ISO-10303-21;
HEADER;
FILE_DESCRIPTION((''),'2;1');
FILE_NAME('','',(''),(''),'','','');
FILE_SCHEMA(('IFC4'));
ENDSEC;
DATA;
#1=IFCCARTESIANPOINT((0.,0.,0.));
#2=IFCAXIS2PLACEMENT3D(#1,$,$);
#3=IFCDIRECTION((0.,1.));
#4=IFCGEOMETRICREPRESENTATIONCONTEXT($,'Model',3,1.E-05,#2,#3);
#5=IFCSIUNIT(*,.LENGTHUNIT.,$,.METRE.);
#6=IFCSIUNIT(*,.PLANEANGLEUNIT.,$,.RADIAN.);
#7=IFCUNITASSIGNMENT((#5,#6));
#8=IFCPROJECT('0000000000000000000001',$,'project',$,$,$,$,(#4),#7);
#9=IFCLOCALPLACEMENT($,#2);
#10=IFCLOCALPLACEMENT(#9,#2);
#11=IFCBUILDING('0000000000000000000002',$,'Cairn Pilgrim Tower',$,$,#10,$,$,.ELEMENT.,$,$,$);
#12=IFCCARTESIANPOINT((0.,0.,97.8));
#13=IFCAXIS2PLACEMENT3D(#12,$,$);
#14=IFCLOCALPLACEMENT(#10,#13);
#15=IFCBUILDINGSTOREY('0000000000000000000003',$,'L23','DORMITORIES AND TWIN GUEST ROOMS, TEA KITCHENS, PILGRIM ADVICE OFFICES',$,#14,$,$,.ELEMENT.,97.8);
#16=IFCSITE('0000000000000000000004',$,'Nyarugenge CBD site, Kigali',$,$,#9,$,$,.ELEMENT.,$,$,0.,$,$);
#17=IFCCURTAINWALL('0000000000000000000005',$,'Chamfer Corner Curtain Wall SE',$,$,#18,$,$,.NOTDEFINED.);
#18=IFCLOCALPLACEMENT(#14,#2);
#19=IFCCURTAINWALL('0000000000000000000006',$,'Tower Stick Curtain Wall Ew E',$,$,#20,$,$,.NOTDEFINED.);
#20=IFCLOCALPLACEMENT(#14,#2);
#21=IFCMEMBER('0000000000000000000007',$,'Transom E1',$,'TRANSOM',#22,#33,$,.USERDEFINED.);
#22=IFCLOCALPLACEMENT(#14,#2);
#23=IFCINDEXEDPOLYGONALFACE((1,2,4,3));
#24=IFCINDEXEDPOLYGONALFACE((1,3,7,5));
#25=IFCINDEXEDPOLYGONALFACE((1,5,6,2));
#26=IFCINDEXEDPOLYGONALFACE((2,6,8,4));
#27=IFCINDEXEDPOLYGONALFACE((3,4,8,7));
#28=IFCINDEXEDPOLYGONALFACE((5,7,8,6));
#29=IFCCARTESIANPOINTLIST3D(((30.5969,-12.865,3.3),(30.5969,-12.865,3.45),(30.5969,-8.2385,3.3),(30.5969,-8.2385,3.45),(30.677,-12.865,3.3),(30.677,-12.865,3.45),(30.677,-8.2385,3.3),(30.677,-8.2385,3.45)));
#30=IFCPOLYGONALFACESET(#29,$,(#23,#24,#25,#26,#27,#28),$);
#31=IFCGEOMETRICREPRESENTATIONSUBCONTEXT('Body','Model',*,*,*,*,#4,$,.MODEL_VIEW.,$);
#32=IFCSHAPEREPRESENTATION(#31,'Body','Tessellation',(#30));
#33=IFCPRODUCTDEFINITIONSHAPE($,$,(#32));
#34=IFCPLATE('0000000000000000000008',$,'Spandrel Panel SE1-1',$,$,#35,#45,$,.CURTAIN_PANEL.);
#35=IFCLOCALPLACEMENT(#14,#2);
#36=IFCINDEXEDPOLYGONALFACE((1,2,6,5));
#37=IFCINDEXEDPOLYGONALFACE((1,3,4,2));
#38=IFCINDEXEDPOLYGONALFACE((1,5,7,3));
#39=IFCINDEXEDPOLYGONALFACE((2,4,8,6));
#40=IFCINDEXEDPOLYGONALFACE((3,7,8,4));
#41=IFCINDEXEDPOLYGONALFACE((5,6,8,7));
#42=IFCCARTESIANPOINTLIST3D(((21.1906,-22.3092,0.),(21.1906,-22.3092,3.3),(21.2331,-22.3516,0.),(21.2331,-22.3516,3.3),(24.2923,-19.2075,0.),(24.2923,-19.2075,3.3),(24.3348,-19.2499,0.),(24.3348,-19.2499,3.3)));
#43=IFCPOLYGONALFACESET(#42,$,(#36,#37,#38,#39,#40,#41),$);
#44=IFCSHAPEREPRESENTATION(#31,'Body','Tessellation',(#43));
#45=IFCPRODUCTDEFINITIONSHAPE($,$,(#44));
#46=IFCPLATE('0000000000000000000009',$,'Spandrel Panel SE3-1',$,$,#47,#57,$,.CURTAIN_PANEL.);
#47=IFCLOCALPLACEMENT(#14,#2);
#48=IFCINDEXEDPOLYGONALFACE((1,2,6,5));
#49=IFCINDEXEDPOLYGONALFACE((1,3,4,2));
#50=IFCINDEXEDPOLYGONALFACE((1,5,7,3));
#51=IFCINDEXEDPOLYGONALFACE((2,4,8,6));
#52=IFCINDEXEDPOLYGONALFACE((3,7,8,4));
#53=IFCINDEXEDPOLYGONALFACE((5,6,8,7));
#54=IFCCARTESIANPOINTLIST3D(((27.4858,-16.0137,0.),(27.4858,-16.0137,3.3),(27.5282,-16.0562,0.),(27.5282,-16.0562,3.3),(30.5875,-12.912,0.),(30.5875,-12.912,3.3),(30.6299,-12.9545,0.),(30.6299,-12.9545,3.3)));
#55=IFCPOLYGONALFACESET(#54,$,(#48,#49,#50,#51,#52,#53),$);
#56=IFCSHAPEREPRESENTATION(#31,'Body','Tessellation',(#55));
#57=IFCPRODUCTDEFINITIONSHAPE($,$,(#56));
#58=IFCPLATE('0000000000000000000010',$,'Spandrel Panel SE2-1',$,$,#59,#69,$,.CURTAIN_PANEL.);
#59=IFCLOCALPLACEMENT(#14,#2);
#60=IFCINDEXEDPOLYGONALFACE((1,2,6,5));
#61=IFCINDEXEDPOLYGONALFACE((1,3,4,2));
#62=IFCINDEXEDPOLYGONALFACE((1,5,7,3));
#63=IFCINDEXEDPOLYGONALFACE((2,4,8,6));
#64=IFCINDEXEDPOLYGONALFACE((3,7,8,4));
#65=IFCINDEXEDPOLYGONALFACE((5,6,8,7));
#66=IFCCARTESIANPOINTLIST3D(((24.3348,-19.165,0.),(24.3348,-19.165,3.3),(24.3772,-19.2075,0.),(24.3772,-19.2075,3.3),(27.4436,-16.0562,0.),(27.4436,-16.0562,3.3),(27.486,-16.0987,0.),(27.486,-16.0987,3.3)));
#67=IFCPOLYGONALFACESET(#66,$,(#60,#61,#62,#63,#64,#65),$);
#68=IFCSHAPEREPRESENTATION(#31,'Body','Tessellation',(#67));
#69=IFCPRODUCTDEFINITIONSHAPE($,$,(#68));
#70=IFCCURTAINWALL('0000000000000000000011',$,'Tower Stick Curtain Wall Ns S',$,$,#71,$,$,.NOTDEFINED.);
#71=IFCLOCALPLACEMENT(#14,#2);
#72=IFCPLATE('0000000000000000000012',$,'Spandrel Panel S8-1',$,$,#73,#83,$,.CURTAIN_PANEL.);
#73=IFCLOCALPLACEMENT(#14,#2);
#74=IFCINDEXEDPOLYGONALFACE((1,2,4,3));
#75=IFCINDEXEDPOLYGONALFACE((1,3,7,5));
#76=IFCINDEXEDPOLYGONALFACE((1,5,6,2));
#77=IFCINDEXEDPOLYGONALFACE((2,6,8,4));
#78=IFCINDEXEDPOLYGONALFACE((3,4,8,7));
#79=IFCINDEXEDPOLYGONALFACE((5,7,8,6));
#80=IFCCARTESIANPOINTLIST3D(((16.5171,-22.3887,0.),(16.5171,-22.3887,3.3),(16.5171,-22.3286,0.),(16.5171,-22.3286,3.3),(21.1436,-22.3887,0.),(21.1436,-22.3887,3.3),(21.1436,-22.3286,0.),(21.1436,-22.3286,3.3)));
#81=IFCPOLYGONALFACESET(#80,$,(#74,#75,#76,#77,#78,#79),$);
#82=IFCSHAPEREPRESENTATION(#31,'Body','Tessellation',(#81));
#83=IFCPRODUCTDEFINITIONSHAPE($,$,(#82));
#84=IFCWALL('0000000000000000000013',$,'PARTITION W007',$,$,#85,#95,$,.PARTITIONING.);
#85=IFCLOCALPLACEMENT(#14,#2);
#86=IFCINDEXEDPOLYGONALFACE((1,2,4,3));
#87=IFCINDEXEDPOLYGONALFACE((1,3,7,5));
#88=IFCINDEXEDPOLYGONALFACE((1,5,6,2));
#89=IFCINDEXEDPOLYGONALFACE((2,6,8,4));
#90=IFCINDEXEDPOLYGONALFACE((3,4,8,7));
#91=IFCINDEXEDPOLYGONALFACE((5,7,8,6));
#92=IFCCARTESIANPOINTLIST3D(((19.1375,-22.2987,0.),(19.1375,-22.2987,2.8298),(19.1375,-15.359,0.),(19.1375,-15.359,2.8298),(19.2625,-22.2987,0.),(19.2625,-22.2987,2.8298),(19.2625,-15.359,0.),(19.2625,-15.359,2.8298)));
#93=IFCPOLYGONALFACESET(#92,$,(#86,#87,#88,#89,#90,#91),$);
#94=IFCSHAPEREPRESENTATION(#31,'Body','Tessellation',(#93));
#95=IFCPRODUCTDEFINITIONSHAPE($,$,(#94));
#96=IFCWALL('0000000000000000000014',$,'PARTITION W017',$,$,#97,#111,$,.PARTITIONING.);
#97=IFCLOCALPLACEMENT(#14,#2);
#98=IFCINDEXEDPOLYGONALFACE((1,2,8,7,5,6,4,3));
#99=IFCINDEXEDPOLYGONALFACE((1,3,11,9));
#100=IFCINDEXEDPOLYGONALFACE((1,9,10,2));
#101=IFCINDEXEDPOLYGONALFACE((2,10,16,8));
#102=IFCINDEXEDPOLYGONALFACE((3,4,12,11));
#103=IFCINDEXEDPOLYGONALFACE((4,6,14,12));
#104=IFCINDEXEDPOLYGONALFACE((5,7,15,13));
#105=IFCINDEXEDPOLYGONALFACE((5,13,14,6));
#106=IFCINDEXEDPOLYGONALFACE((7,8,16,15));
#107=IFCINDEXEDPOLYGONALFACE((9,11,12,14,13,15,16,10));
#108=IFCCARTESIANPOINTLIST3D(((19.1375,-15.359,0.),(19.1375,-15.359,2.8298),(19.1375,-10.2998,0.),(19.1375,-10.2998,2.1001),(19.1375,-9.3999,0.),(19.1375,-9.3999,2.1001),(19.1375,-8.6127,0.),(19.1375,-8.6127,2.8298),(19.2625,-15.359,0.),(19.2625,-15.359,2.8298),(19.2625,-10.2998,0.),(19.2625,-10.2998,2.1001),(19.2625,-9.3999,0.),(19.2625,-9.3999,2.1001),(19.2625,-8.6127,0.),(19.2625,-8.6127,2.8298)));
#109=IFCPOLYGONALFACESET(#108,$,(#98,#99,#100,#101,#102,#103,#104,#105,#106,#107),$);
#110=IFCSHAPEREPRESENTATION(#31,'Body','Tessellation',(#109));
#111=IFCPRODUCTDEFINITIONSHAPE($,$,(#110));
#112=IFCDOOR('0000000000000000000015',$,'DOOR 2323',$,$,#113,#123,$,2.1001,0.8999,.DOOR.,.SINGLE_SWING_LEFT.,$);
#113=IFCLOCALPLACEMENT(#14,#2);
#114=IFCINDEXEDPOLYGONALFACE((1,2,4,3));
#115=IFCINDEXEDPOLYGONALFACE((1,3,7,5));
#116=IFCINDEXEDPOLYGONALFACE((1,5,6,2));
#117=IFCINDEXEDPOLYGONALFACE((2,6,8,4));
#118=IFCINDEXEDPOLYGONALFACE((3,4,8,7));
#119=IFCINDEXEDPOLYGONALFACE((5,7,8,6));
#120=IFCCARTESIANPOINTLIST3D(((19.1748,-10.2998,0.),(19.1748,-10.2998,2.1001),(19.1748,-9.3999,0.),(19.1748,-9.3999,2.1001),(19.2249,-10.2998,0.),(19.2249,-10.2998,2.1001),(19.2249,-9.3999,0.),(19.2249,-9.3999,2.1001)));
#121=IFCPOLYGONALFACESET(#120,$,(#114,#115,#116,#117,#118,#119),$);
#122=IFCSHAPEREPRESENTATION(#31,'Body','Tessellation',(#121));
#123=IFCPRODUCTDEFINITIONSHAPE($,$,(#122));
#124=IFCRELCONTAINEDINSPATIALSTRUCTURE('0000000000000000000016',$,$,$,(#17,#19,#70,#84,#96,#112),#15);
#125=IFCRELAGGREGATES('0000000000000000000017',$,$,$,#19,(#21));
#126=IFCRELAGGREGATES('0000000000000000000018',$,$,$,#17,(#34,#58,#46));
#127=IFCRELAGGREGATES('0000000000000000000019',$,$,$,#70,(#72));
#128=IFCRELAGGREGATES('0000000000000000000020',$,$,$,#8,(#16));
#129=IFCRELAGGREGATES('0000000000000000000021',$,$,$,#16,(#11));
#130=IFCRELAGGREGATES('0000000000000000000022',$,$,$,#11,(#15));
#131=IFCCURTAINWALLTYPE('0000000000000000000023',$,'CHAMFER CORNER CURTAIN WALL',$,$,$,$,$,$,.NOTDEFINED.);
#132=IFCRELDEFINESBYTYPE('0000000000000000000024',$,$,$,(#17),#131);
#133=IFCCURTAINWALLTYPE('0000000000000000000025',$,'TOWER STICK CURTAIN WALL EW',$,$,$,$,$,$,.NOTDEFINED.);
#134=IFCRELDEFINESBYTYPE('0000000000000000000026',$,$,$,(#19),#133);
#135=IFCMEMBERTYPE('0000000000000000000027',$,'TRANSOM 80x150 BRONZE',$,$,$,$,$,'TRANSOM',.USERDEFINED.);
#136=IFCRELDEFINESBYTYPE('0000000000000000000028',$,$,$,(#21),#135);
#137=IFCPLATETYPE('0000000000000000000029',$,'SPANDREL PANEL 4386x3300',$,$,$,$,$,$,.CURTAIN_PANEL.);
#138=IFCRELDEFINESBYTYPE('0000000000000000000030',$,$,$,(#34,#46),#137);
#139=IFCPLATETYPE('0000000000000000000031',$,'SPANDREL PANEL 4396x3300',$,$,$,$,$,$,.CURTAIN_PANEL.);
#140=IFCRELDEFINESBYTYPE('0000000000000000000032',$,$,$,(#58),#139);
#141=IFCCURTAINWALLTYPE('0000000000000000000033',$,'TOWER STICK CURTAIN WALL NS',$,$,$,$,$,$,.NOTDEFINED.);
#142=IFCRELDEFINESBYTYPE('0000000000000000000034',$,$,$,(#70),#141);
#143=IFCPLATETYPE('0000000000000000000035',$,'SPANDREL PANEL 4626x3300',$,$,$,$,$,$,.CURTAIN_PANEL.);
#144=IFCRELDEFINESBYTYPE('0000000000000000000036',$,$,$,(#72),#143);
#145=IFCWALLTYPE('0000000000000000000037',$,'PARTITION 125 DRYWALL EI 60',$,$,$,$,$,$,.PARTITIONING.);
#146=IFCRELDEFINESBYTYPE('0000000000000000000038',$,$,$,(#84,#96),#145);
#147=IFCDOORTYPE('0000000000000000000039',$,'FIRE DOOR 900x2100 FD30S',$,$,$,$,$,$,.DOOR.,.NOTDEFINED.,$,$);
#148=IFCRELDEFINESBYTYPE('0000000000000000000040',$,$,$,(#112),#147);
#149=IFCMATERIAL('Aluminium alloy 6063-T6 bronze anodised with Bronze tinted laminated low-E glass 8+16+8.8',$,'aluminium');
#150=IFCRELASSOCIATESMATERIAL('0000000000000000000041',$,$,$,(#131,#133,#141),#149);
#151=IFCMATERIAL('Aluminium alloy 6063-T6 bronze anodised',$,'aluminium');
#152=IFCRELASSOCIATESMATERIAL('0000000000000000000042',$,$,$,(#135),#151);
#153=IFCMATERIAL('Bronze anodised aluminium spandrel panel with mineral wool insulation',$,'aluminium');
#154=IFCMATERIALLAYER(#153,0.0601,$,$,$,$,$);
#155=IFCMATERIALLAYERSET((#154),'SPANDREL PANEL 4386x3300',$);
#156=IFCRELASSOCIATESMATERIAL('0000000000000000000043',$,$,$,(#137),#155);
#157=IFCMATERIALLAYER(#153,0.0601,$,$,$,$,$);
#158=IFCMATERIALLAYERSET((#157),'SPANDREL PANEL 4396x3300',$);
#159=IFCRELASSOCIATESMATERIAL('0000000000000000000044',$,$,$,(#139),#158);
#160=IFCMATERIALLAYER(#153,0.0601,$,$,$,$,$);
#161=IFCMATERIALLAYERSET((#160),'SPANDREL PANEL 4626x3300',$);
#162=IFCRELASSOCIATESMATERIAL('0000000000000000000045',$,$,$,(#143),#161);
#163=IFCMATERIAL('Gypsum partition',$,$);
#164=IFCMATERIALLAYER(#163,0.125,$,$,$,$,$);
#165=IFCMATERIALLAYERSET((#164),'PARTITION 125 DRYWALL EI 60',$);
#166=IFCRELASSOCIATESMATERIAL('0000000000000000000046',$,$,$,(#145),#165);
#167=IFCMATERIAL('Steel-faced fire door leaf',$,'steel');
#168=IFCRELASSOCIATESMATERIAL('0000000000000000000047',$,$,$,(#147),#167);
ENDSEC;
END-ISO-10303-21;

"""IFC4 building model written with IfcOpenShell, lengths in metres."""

from ifc_helpers import new_model, si_unit, direction, frame, frame_2d, origin, origin_2d, place, context, subcontext, project, spatial, rectangle, extrude, material, layer, layer_set, material_profile, profile_set, type_object, element, fill, aggregate, save


model = new_model("IFC4")

# Units and contexts
model_context = context("Model", 3, precision=1e-05, world=origin(), true_north=direction((0.0, 1.0)))
body_context = subcontext(model_context, "Body", "Model", "MODEL_VIEW")
ifc_project = project(units=[si_unit("LENGTHUNIT", "METRE"), si_unit("PLANEANGLEUNIT", "RADIAN")], contexts=[model_context])

# Site, building, storey
site_placement = place(None, origin())
site = spatial("IfcSite", under=ifc_project, at=site_placement, Name="Nyarugenge CBD site, Kigali", CompositionType="ELEMENT", RefElevation=0.0)
building_placement = place(site_placement, origin())
building = spatial("IfcBuilding", under=site, at=building_placement, Name="Cairn Pilgrim Tower", CompositionType="ELEMENT")
storey_placement = place(building_placement, frame((0.0, 0.0, 97.8)))
storey = spatial("IfcBuildingStorey", under=building, at=storey_placement, Name="L23", Description="DORMITORIES AND TWIN GUEST ROOMS, TEA KITCHENS, PILGRIM ADVICE OFFICES", CompositionType="ELEMENT", Elevation=97.8)

# Curtain wall
ifc_material_1 = material(Name="Aluminium alloy 6063-T6 bronze anodised with Bronze tinted laminated low-E glass 8+16+8.8", Category="aluminium")
curtain_wall_type_1 = type_object("IfcCurtainWallType", Name="CHAMFER CORNER CURTAIN WALL", PredefinedType="NOTDEFINED", material=ifc_material_1)
curtain_wall_1_placement = place(storey_placement, origin())
curtain_wall_1 = element("IfcCurtainWall", 1, at=curtain_wall_1_placement, inside=storey, type_object=curtain_wall_type_1, Name="Chamfer Corner Curtain Wall SE", PredefinedType="NOTDEFINED")
ifc_material_2 = material(Name="Aluminium alloy 6063-T6 bronze anodised", Category="aluminium")

# Curtain wall
curtain_wall_type_2 = type_object("IfcCurtainWallType", Name="TOWER STICK CURTAIN WALL EW", PredefinedType="NOTDEFINED", material=ifc_material_1)
curtain_wall_2_placement = place(storey_placement, origin())
curtain_wall_2 = element("IfcCurtainWall", 2, at=curtain_wall_2_placement, inside=storey, type_object=curtain_wall_type_2, Name="Tower Stick Curtain Wall Ew E", PredefinedType="NOTDEFINED")

# Member
ifc_material_profile_1 = material_profile(ifc_material_2, rectangle(XDim=0.0801, YDim=0.1499, at=origin_2d()), Name="TRANSOM 80x150 BRONZE")
ifc_profile_set_1 = profile_set([ifc_material_profile_1], Name="Aluminium alloy 6063-T6 bronze anodised")
member_type_1 = type_object("IfcMemberType", Name="TRANSOM 80x150 BRONZE", ElementType="TRANSOM", PredefinedType="USERDEFINED", material=ifc_profile_set_1)
member_1_placement = place(storey_placement, frame((30.637, -12.865, 3.375), z_axis=(0.0, 1.0, 0.0), x_axis=(-1.0, 0.0, 0.0)))
member_1 = element("IfcMember", 3, at=member_1_placement, type_object=member_type_1, Name="Transom E1", ObjectType="TRANSOM", PredefinedType="USERDEFINED", context=body_context, shape_type="SweptSolid", body=[
    extrude(rectangle(XDim=0.0801, YDim=0.1499, at=origin_2d()), origin(), (0.0, 0.0, 1.0), 4.6265),
])
aggregate(curtain_wall_2, [member_1])

# Plates
ifc_material_3 = material(Name="Bronze anodised aluminium spandrel panel with mineral wool insulation", Category="aluminium")
ifc_layer_1 = layer(ifc_material_3, 0.0601)
ifc_layer_set_1 = layer_set([ifc_layer_1], Name="SPANDREL PANEL 4386x3300")
plate_type_1 = type_object("IfcPlateType", Name="SPANDREL PANEL 4386x3300", PredefinedType="CURTAIN_PANEL", material=ifc_layer_set_1)
plate_1_placement = place(storey_placement, frame((22.7627, -20.7795, 0.0), z_axis=(0.0, 0.0, 1.0), x_axis=(0.707107, 0.707107, 0.0)))
plate_1 = element("IfcPlate", 4, at=plate_1_placement, type_object=plate_type_1, Name="Spandrel Panel SE1-1", PredefinedType="CURTAIN_PANEL", context=body_context, shape_type="SweptSolid", body=[
    extrude(rectangle(XDim=4.3865, YDim=0.0601, at=origin_2d()), origin(), (0.0, 0.0, 1.0), 3.3),
])
plate_2_placement = place(storey_placement, frame((29.0579, -14.4841, 0.0), z_axis=(0.0, 0.0, 1.0), x_axis=(0.707107, 0.707107, 0.0)))
plate_2 = element("IfcPlate", 5, at=plate_2_placement, type_object=plate_type_1, Name="Spandrel Panel SE3-1", PredefinedType="CURTAIN_PANEL", context=body_context, shape_type="SweptSolid", body=[
    extrude(rectangle(XDim=4.3865, YDim=0.0601, at=origin_2d()), origin(), (0.0, 0.0, 1.0), 3.3),
])
ifc_layer_2 = layer(ifc_material_3, 0.0601)
ifc_layer_set_2 = layer_set([ifc_layer_2], Name="SPANDREL PANEL 4396x3300")
plate_type_2 = type_object("IfcPlateType", Name="SPANDREL PANEL 4396x3300", PredefinedType="CURTAIN_PANEL", material=ifc_layer_set_2)
plate_3_placement = place(storey_placement, frame((25.9104, -17.6318, 0.0), z_axis=(0.0, 0.0, 1.0), x_axis=(0.707107, 0.707107, 0.0)))
plate_3 = element("IfcPlate", 6, at=plate_3_placement, type_object=plate_type_2, Name="Spandrel Panel SE2-1", PredefinedType="CURTAIN_PANEL", context=body_context, shape_type="SweptSolid", body=[
    extrude(rectangle(XDim=4.3965, YDim=0.0601, at=origin_2d()), origin(), (0.0, 0.0, 1.0), 3.3),
])
aggregate(curtain_wall_1, [plate_1, plate_3, plate_2])

# Curtain wall, plate
curtain_wall_type_3 = type_object("IfcCurtainWallType", Name="TOWER STICK CURTAIN WALL NS", PredefinedType="NOTDEFINED", material=ifc_material_1)
curtain_wall_3_placement = place(storey_placement, origin())
curtain_wall_3 = element("IfcCurtainWall", 7, at=curtain_wall_3_placement, inside=storey, type_object=curtain_wall_type_3, Name="Tower Stick Curtain Wall Ns S", PredefinedType="NOTDEFINED")
ifc_layer_3 = layer(ifc_material_3, 0.0601)
ifc_layer_set_3 = layer_set([ifc_layer_3], Name="SPANDREL PANEL 4626x3300")
plate_type_3 = type_object("IfcPlateType", Name="SPANDREL PANEL 4626x3300", PredefinedType="CURTAIN_PANEL", material=ifc_layer_set_3)
plate_4_placement = place(storey_placement, frame((18.8303, -22.3586, 0.0), z_axis=(0.0, 0.0, 1.0), x_axis=(1.0, 0.0, 0.0)))
plate_4 = element("IfcPlate", 8, at=plate_4_placement, type_object=plate_type_3, Name="Spandrel Panel S8-1", PredefinedType="CURTAIN_PANEL", context=body_context, shape_type="SweptSolid", body=[
    extrude(rectangle(XDim=4.6265, YDim=0.0601, at=origin_2d()), origin(), (0.0, 0.0, 1.0), 3.3),
])
aggregate(curtain_wall_3, [plate_4])

# Wall
ifc_material_4 = material(Name="Gypsum partition")
ifc_layer_4 = layer(ifc_material_4, 0.125)
ifc_layer_set_4 = layer_set([ifc_layer_4], Name="PARTITION 125 DRYWALL EI 60")
wall_type = type_object("IfcWallType", Name="PARTITION 125 DRYWALL EI 60", PredefinedType="PARTITIONING", material=ifc_layer_set_4)
wall_1_placement = place(storey_placement, frame((19.2, -22.2986, 0.0), z_axis=(0.0, 0.0, 1.0), x_axis=(0.0, 1.0, 0.0)))
element("IfcWall", 9, at=wall_1_placement, inside=storey, type_object=wall_type, Name="PARTITION W007", PredefinedType="PARTITIONING", context=body_context, shape_type="SweptSolid", body=[
    extrude(rectangle(XDim=6.9397, YDim=0.125, at=frame_2d((3.4697, 0.0))), origin(), (0.0, 0.0, 1.0), 2.8298),
])

# Wall, opening, door
wall_2_placement = place(storey_placement, frame((19.2, -15.3589, 0.0), z_axis=(0.0, 0.0, 1.0), x_axis=(0.0, 1.0, 0.0)))
wall_2 = element("IfcWall", 10, at=wall_2_placement, inside=storey, type_object=wall_type, Name="PARTITION W017", PredefinedType="PARTITIONING", context=body_context, shape_type="SweptSolid", body=[
    extrude(rectangle(XDim=6.7463, YDim=0.125, at=frame_2d((3.373, 0.0))), origin(), (0.0, 0.0, 1.0), 2.8298),
])
opening_placement = place(wall_2_placement, frame((5.0591, 0.0, 0.0)))
opening = element("IfcOpeningElement", 11, at=opening_placement, cuts=wall_2, PredefinedType="OPENING", context=body_context, shape_type="SweptSolid", body=[
    extrude(rectangle(XDim=0.8999, YDim=2.1001, at=frame_2d((0.45, 1.05))), frame((0.0, 0.0725, 0.0), z_axis=(0.0, -1.0, 0.0), x_axis=(1.0, 0.0, 0.0)), (0.0, 0.0, 1.0), 0.145),
])
ifc_material_5 = material(Name="Steel-faced fire door leaf", Category="steel")
door_type = type_object("IfcDoorType", Name="FIRE DOOR 900x2100 FD30S", OperationType="NOTDEFINED", PredefinedType="DOOR", material=ifc_material_5)
door_placement = place(opening_placement, frame((0.8999, 0.0, 0.0), z_axis=(0.0, 0.0, 1.0), x_axis=(-1.0, 0.0, 0.0)))
door = element("IfcDoor", 12, at=door_placement, inside=storey, type_object=door_type, Name="DOOR 2323", OperationType="SINGLE_SWING_LEFT", OverallHeight=2.1001, OverallWidth=0.8999, PredefinedType="DOOR", context=body_context, shape_type="SweptSolid", body=[
    extrude(rectangle(XDim=0.8999, YDim=2.1001, at=frame_2d((0.45, 1.05))), frame((0.0, 0.0249, 0.0), z_axis=(0.0, -1.0, 0.0), x_axis=(1.0, 0.0, 0.0)), (0.0, 0.0, 1.0), 0.05),
])
fill(opening, door)

save(model, "model.ifc")
